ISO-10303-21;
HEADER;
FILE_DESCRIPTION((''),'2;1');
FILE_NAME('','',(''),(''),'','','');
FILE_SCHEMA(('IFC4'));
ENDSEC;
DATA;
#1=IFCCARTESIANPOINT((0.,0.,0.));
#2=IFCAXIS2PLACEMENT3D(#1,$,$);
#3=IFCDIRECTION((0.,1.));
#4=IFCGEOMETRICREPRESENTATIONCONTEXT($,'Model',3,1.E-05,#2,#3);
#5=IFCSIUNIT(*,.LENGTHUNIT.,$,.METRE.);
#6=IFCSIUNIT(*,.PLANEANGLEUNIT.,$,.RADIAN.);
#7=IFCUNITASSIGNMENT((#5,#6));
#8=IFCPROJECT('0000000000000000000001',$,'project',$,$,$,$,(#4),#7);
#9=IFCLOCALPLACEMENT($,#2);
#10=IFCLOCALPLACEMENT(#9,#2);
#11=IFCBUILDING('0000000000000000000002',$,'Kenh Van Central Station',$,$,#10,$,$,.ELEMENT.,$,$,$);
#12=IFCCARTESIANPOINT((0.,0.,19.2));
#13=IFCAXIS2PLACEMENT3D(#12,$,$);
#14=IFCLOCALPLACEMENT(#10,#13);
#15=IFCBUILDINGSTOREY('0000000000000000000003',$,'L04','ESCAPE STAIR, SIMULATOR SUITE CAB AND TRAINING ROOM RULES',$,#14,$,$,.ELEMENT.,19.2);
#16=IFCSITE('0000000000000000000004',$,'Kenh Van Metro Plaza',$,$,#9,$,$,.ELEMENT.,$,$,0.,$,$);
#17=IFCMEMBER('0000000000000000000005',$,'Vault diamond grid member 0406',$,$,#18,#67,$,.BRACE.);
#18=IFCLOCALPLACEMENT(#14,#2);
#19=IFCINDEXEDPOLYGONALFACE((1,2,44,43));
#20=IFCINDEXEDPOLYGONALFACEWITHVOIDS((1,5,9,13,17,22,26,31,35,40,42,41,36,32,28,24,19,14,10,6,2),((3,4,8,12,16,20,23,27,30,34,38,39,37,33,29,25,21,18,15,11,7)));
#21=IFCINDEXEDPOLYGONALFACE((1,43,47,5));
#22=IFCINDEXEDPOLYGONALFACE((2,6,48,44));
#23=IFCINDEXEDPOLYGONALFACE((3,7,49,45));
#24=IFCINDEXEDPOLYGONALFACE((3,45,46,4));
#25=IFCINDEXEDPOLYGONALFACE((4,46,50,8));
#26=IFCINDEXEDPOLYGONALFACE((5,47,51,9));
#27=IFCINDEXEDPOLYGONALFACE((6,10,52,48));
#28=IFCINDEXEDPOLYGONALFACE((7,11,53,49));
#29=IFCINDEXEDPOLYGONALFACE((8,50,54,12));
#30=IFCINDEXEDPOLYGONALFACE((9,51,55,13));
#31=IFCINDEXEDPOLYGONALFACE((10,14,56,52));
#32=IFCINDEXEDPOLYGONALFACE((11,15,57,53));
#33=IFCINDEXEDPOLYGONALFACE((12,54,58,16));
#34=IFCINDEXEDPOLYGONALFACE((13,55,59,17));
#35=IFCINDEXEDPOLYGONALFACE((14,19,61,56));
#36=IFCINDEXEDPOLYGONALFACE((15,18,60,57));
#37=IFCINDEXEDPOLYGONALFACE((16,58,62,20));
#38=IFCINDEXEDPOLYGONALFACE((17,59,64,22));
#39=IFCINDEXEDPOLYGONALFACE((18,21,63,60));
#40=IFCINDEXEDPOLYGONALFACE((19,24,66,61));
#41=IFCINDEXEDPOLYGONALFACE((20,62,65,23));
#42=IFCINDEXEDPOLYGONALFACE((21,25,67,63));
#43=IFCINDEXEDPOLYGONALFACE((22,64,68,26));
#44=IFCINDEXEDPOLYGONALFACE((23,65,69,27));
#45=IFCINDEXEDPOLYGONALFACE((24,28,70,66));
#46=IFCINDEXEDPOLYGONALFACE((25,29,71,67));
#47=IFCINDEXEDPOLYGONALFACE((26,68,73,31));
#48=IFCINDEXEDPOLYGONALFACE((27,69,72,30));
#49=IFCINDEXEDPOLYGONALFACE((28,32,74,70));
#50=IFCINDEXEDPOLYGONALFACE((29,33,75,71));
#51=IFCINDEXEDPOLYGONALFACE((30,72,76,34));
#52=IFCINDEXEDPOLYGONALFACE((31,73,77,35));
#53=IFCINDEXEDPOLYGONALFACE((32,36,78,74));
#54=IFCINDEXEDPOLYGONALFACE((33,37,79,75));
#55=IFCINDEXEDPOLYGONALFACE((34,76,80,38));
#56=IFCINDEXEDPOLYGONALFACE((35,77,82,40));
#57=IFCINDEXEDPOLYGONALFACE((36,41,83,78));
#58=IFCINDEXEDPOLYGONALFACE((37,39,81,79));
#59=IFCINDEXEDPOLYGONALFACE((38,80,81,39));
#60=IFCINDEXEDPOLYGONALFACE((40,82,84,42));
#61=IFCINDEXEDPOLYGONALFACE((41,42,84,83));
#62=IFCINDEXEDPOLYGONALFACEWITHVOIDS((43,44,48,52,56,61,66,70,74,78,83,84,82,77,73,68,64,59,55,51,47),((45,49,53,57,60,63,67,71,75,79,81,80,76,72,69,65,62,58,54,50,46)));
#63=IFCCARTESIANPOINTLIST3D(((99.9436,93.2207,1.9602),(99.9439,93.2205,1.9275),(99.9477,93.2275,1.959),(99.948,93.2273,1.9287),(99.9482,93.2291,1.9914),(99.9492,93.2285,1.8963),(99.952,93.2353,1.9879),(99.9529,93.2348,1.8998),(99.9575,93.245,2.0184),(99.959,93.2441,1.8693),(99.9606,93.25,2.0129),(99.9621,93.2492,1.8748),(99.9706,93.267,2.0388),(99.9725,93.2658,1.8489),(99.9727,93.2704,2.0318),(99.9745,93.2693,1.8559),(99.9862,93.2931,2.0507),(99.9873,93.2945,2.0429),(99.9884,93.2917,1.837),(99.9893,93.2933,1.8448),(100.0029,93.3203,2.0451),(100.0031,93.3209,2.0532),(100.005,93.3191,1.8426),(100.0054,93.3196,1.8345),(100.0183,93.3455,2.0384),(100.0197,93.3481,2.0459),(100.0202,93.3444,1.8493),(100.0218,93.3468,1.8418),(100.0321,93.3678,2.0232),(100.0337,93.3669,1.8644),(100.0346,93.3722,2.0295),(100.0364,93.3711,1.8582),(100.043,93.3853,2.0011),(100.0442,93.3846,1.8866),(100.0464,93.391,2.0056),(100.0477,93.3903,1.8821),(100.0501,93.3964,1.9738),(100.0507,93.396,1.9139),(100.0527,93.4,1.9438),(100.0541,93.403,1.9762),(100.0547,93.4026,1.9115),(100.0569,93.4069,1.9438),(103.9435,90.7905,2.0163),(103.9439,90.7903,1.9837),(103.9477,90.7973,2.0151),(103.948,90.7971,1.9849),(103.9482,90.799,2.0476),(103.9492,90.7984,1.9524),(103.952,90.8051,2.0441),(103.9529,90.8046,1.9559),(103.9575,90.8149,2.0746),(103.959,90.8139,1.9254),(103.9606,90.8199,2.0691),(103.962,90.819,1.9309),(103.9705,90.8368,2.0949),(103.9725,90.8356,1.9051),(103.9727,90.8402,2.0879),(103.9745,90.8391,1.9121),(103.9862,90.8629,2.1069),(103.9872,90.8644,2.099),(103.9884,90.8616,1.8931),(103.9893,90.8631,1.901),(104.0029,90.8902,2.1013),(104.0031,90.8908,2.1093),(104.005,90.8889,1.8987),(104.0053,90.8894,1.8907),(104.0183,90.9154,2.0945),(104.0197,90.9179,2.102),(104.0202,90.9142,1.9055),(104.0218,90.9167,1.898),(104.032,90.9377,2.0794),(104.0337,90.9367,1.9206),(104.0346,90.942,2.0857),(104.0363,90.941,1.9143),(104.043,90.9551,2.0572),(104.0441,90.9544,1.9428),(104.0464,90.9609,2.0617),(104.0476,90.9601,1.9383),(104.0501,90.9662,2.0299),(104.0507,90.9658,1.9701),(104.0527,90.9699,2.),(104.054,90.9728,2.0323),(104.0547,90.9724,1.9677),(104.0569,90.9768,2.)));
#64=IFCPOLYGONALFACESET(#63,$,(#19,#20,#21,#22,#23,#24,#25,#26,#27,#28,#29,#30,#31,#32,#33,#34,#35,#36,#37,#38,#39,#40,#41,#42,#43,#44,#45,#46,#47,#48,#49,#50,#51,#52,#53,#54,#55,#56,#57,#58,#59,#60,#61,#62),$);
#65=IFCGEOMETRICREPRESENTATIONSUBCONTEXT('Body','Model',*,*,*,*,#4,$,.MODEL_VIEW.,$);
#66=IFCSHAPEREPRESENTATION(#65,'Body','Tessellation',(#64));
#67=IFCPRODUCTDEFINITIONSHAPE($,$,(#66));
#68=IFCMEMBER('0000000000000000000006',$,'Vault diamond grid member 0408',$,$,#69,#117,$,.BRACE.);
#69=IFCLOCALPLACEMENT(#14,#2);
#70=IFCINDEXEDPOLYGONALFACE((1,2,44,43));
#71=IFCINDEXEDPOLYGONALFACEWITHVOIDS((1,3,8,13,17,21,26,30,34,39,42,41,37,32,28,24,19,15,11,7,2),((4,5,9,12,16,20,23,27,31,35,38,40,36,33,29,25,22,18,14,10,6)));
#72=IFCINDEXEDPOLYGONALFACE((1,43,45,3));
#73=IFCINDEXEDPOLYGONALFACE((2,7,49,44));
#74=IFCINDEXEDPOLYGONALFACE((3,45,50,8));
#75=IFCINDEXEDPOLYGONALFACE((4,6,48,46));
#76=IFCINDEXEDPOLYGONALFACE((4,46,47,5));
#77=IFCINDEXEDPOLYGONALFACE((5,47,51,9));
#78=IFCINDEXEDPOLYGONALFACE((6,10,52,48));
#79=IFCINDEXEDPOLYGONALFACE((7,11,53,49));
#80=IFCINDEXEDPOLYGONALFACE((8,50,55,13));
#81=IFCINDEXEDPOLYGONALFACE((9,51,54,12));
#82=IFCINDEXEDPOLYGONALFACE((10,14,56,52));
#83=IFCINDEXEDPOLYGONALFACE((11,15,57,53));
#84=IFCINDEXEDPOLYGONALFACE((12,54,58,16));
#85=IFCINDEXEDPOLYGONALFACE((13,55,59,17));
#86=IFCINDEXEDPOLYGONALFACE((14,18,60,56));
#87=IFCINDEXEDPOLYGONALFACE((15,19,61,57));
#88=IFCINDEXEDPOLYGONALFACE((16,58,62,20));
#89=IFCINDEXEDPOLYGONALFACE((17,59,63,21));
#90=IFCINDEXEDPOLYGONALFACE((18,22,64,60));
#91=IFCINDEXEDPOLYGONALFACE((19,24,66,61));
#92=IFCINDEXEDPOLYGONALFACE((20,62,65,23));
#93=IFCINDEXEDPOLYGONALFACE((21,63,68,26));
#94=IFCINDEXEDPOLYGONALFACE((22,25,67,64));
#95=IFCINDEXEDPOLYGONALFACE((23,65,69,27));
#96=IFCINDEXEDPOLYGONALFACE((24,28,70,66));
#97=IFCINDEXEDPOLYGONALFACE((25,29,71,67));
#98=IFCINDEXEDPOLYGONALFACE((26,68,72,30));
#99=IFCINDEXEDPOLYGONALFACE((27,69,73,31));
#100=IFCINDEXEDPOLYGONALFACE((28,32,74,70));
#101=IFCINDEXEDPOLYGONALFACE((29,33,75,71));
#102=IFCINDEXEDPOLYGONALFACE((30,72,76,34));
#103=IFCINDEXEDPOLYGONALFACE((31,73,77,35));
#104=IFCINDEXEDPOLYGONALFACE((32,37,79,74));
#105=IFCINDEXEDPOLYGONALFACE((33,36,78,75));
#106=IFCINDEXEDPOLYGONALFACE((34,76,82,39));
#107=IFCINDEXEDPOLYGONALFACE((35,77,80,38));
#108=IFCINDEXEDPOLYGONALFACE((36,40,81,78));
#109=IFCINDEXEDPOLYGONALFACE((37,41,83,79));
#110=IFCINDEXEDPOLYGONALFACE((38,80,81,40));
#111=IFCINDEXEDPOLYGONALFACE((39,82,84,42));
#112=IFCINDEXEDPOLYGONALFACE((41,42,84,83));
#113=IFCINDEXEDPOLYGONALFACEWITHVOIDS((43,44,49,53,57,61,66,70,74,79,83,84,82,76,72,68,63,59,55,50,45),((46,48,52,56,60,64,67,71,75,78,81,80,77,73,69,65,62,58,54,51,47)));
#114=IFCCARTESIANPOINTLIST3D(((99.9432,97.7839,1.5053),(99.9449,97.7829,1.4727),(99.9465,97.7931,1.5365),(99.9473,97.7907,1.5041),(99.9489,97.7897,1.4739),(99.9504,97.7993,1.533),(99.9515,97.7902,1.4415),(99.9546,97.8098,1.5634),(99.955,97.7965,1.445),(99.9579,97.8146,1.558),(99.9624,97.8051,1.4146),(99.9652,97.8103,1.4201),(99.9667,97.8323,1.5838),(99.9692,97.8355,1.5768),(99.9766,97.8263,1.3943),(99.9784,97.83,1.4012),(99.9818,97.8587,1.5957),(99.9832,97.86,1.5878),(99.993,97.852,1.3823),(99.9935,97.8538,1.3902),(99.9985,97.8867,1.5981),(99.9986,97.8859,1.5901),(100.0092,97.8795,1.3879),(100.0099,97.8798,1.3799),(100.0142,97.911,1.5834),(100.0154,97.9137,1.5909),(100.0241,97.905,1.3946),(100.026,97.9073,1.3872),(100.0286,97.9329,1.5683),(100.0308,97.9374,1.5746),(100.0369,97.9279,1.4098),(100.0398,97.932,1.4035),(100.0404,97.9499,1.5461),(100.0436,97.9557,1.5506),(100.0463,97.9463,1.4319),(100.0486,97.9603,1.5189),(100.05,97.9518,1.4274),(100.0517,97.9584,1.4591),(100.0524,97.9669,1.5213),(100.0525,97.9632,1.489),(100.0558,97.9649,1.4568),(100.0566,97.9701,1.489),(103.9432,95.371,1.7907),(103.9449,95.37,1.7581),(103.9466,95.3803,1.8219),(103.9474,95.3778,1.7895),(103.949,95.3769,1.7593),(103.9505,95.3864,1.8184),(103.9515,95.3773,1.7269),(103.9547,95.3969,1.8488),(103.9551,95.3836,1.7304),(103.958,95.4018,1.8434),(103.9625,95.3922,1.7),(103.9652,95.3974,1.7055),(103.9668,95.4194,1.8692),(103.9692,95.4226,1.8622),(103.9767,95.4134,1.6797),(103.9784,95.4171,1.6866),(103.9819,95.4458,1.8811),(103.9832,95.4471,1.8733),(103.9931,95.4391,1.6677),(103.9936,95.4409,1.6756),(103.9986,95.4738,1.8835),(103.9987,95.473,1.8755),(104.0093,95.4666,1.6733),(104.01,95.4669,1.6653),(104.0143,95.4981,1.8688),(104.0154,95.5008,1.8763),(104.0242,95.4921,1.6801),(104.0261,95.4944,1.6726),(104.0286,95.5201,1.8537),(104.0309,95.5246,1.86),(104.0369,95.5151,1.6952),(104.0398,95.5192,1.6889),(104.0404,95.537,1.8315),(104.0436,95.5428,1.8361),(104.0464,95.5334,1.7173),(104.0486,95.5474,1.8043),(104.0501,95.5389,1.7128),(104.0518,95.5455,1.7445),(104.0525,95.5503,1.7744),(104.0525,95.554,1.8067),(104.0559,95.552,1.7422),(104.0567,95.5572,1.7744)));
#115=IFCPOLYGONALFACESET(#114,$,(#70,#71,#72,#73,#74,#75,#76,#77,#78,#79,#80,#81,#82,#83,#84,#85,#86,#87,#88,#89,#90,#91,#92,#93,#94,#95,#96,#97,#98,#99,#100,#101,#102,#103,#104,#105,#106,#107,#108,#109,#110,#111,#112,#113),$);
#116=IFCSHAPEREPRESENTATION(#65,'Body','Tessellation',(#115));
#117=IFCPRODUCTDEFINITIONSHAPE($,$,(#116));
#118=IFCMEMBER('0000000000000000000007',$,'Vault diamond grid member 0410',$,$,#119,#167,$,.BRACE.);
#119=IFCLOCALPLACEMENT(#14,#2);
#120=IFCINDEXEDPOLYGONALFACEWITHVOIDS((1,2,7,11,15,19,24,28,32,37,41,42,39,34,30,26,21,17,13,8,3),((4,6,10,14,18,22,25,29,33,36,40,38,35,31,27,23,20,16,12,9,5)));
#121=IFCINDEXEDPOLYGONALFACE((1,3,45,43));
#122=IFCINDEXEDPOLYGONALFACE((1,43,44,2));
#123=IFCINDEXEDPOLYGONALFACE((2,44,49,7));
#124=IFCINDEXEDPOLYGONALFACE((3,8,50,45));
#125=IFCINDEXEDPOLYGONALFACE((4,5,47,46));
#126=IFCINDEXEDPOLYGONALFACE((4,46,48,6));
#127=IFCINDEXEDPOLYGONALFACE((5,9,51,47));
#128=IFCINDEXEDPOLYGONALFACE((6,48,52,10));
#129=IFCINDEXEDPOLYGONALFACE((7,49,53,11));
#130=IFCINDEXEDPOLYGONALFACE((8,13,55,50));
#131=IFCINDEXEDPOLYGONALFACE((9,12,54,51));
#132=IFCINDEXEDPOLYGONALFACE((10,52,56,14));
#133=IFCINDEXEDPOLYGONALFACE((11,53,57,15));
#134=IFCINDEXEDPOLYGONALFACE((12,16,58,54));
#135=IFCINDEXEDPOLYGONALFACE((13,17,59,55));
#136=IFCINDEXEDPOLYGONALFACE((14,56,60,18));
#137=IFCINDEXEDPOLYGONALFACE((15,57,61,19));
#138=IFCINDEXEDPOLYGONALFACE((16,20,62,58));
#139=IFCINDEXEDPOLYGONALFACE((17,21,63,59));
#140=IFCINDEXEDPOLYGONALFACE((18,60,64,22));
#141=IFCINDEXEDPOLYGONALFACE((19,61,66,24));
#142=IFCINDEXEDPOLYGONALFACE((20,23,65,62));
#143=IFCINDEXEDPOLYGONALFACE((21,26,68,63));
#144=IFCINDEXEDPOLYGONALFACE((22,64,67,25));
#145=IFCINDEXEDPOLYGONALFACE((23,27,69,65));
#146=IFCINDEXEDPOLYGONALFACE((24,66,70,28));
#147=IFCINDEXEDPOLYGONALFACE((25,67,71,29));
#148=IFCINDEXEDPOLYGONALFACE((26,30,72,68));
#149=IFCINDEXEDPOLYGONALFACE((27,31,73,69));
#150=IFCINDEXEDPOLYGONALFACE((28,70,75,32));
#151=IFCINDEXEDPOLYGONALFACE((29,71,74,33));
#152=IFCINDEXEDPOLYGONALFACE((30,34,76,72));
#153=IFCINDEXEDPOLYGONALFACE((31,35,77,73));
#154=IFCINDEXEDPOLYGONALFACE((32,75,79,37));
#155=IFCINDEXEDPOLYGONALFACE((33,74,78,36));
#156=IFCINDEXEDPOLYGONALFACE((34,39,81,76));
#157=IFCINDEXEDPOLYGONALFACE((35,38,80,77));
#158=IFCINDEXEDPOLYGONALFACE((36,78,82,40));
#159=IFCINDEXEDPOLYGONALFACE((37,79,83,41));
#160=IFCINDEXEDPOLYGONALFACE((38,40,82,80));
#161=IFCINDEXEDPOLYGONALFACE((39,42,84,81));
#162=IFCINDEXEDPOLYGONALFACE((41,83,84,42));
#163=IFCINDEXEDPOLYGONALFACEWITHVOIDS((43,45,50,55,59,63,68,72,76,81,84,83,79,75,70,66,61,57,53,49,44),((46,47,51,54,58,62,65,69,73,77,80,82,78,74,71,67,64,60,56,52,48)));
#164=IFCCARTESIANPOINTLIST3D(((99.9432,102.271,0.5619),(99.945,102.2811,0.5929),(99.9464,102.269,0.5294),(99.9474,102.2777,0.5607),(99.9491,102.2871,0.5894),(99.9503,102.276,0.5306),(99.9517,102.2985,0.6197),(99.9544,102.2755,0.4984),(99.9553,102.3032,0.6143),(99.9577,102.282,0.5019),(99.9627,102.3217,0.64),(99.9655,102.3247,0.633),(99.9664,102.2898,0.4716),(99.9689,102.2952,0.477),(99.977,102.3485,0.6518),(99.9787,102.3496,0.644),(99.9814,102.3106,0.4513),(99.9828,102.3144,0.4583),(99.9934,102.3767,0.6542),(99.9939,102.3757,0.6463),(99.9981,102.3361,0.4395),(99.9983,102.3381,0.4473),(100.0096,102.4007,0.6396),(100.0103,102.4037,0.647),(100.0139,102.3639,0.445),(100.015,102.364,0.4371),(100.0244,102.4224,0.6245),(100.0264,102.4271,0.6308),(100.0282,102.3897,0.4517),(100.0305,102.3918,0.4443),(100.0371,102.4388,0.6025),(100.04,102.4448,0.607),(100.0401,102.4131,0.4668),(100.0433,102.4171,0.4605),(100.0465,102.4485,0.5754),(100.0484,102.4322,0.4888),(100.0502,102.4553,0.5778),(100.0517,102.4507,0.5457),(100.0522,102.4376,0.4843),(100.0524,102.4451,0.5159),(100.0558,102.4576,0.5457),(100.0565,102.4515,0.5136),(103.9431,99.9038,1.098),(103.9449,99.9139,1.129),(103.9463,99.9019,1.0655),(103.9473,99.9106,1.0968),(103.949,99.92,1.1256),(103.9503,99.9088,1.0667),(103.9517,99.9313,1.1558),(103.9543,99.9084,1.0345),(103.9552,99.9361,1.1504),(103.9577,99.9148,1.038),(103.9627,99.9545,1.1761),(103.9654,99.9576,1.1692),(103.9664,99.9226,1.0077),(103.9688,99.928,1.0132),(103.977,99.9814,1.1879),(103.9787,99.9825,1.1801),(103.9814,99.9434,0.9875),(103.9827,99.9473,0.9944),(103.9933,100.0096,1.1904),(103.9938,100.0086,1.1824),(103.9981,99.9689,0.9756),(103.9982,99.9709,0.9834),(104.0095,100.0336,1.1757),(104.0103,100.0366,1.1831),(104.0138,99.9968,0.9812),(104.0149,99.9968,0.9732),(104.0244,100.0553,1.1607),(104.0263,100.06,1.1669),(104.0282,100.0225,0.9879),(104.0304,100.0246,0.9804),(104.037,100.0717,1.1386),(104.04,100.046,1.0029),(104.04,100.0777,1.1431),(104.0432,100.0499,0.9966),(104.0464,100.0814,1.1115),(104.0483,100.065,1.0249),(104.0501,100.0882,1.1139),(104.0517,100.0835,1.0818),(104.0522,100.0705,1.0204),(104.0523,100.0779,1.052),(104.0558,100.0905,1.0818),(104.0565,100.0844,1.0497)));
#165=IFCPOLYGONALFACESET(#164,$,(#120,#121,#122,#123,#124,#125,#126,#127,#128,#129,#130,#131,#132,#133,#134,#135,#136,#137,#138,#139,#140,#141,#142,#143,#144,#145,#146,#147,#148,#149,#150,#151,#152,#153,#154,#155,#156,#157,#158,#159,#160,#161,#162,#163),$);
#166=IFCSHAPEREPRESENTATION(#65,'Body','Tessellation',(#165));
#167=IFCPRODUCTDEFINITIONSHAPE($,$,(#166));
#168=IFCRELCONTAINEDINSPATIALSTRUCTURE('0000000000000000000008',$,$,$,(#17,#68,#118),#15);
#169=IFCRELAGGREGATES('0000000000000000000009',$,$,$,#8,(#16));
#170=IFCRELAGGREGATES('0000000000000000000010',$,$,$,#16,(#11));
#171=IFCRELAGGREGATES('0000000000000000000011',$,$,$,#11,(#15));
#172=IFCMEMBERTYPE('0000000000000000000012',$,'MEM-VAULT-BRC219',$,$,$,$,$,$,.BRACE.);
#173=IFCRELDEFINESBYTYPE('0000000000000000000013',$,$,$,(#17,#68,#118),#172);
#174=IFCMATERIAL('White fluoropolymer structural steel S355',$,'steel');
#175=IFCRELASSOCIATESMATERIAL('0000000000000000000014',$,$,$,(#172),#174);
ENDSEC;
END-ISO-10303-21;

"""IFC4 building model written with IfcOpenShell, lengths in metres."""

from ifc_helpers import new_model, si_unit, direction, frame, origin, origin_2d, place, context, subcontext, project, spatial, hollow_circle, extrude, material, material_profile, profile_set, type_object, element, save


model = new_model("IFC4")

# Units and contexts
model_context = context("Model", 3, precision=1e-05, world=origin(), true_north=direction((0.0, 1.0)))
body_context = subcontext(model_context, "Body", "Model", "MODEL_VIEW")
ifc_project = project(units=[si_unit("LENGTHUNIT", "METRE"), si_unit("PLANEANGLEUNIT", "RADIAN")], contexts=[model_context])

# Site, building, storey
site_placement = place(None, origin())
site = spatial("IfcSite", under=ifc_project, at=site_placement, Name="Kenh Van Metro Plaza", CompositionType="ELEMENT", RefElevation=0.0)
building_placement = place(site_placement, origin())
building = spatial("IfcBuilding", under=site, at=building_placement, Name="Kenh Van Central Station", CompositionType="ELEMENT")
storey_placement = place(building_placement, frame((0.0, 0.0, 19.2)))
storey = spatial("IfcBuildingStorey", under=building, at=storey_placement, Name="L04", Description="ESCAPE STAIR, SIMULATOR SUITE CAB AND TRAINING ROOM RULES", CompositionType="ELEMENT", Elevation=19.2)

# Shared definitions
ifc_material_1 = material(Name="White fluoropolymer structural steel S355", Category="steel")

# Members
ifc_material_profile_1 = material_profile(ifc_material_1, hollow_circle(Radius=0.1096, WallThickness=0.0081, at=origin_2d()), Name="CHS 219.1x8")
ifc_profile_set_1 = profile_set([ifc_material_profile_1], Name="White fluoropolymer structural steel S355")
member_type_1 = type_object("IfcMemberType", Name="MEM-VAULT-BRC219", PredefinedType="BRACE", material=ifc_profile_set_1)
member_1_placement = place(storey_placement, frame((100.0, 93.3132, 1.9438), z_axis=(0.854574, -0.519191, 0.011997), x_axis=(0.519229, 0.854635, 0.0)))
element("IfcMember", 1, at=member_1_placement, inside=storey, type_object=member_type_1, Name="Vault diamond grid member 0406", PredefinedType="BRACE", context=body_context, shape_type="SweptSolid", body=[
    extrude(hollow_circle(Radius=0.1096, WallThickness=0.0081, at=origin_2d()), origin(), (0.0, 0.0, 1.0), 4.6807),
])
member_2_placement = place(storey_placement, frame((100.0, 97.8762, 1.489), z_axis=(0.854684, -0.515554, 0.060982), x_axis=(0.516516, 0.856278, 0.0)))
element("IfcMember", 2, at=member_2_placement, inside=storey, type_object=member_type_1, Name="Vault diamond grid member 0408", PredefinedType="BRACE", context=body_context, shape_type="SweptSolid", body=[
    extrude(hollow_circle(Radius=0.1096, WallThickness=0.0081, at=origin_2d()), origin(), (0.0, 0.0, 1.0), 4.6802),
])
member_3_placement = place(storey_placement, frame((100.0, 102.3633, 0.5457), z_axis=(0.854923, -0.505941, 0.114588), x_axis=(0.509295, 0.860592, 0.0)))
element("IfcMember", 3, at=member_3_placement, inside=storey, type_object=member_type_1, Name="Vault diamond grid member 0410", PredefinedType="BRACE", context=body_context, shape_type="SweptSolid", body=[
    extrude(hollow_circle(Radius=0.1096, WallThickness=0.0081, at=origin_2d()), origin(), (0.0, 0.0, 1.0), 4.6787),
])

save(model, "model.ifc")
